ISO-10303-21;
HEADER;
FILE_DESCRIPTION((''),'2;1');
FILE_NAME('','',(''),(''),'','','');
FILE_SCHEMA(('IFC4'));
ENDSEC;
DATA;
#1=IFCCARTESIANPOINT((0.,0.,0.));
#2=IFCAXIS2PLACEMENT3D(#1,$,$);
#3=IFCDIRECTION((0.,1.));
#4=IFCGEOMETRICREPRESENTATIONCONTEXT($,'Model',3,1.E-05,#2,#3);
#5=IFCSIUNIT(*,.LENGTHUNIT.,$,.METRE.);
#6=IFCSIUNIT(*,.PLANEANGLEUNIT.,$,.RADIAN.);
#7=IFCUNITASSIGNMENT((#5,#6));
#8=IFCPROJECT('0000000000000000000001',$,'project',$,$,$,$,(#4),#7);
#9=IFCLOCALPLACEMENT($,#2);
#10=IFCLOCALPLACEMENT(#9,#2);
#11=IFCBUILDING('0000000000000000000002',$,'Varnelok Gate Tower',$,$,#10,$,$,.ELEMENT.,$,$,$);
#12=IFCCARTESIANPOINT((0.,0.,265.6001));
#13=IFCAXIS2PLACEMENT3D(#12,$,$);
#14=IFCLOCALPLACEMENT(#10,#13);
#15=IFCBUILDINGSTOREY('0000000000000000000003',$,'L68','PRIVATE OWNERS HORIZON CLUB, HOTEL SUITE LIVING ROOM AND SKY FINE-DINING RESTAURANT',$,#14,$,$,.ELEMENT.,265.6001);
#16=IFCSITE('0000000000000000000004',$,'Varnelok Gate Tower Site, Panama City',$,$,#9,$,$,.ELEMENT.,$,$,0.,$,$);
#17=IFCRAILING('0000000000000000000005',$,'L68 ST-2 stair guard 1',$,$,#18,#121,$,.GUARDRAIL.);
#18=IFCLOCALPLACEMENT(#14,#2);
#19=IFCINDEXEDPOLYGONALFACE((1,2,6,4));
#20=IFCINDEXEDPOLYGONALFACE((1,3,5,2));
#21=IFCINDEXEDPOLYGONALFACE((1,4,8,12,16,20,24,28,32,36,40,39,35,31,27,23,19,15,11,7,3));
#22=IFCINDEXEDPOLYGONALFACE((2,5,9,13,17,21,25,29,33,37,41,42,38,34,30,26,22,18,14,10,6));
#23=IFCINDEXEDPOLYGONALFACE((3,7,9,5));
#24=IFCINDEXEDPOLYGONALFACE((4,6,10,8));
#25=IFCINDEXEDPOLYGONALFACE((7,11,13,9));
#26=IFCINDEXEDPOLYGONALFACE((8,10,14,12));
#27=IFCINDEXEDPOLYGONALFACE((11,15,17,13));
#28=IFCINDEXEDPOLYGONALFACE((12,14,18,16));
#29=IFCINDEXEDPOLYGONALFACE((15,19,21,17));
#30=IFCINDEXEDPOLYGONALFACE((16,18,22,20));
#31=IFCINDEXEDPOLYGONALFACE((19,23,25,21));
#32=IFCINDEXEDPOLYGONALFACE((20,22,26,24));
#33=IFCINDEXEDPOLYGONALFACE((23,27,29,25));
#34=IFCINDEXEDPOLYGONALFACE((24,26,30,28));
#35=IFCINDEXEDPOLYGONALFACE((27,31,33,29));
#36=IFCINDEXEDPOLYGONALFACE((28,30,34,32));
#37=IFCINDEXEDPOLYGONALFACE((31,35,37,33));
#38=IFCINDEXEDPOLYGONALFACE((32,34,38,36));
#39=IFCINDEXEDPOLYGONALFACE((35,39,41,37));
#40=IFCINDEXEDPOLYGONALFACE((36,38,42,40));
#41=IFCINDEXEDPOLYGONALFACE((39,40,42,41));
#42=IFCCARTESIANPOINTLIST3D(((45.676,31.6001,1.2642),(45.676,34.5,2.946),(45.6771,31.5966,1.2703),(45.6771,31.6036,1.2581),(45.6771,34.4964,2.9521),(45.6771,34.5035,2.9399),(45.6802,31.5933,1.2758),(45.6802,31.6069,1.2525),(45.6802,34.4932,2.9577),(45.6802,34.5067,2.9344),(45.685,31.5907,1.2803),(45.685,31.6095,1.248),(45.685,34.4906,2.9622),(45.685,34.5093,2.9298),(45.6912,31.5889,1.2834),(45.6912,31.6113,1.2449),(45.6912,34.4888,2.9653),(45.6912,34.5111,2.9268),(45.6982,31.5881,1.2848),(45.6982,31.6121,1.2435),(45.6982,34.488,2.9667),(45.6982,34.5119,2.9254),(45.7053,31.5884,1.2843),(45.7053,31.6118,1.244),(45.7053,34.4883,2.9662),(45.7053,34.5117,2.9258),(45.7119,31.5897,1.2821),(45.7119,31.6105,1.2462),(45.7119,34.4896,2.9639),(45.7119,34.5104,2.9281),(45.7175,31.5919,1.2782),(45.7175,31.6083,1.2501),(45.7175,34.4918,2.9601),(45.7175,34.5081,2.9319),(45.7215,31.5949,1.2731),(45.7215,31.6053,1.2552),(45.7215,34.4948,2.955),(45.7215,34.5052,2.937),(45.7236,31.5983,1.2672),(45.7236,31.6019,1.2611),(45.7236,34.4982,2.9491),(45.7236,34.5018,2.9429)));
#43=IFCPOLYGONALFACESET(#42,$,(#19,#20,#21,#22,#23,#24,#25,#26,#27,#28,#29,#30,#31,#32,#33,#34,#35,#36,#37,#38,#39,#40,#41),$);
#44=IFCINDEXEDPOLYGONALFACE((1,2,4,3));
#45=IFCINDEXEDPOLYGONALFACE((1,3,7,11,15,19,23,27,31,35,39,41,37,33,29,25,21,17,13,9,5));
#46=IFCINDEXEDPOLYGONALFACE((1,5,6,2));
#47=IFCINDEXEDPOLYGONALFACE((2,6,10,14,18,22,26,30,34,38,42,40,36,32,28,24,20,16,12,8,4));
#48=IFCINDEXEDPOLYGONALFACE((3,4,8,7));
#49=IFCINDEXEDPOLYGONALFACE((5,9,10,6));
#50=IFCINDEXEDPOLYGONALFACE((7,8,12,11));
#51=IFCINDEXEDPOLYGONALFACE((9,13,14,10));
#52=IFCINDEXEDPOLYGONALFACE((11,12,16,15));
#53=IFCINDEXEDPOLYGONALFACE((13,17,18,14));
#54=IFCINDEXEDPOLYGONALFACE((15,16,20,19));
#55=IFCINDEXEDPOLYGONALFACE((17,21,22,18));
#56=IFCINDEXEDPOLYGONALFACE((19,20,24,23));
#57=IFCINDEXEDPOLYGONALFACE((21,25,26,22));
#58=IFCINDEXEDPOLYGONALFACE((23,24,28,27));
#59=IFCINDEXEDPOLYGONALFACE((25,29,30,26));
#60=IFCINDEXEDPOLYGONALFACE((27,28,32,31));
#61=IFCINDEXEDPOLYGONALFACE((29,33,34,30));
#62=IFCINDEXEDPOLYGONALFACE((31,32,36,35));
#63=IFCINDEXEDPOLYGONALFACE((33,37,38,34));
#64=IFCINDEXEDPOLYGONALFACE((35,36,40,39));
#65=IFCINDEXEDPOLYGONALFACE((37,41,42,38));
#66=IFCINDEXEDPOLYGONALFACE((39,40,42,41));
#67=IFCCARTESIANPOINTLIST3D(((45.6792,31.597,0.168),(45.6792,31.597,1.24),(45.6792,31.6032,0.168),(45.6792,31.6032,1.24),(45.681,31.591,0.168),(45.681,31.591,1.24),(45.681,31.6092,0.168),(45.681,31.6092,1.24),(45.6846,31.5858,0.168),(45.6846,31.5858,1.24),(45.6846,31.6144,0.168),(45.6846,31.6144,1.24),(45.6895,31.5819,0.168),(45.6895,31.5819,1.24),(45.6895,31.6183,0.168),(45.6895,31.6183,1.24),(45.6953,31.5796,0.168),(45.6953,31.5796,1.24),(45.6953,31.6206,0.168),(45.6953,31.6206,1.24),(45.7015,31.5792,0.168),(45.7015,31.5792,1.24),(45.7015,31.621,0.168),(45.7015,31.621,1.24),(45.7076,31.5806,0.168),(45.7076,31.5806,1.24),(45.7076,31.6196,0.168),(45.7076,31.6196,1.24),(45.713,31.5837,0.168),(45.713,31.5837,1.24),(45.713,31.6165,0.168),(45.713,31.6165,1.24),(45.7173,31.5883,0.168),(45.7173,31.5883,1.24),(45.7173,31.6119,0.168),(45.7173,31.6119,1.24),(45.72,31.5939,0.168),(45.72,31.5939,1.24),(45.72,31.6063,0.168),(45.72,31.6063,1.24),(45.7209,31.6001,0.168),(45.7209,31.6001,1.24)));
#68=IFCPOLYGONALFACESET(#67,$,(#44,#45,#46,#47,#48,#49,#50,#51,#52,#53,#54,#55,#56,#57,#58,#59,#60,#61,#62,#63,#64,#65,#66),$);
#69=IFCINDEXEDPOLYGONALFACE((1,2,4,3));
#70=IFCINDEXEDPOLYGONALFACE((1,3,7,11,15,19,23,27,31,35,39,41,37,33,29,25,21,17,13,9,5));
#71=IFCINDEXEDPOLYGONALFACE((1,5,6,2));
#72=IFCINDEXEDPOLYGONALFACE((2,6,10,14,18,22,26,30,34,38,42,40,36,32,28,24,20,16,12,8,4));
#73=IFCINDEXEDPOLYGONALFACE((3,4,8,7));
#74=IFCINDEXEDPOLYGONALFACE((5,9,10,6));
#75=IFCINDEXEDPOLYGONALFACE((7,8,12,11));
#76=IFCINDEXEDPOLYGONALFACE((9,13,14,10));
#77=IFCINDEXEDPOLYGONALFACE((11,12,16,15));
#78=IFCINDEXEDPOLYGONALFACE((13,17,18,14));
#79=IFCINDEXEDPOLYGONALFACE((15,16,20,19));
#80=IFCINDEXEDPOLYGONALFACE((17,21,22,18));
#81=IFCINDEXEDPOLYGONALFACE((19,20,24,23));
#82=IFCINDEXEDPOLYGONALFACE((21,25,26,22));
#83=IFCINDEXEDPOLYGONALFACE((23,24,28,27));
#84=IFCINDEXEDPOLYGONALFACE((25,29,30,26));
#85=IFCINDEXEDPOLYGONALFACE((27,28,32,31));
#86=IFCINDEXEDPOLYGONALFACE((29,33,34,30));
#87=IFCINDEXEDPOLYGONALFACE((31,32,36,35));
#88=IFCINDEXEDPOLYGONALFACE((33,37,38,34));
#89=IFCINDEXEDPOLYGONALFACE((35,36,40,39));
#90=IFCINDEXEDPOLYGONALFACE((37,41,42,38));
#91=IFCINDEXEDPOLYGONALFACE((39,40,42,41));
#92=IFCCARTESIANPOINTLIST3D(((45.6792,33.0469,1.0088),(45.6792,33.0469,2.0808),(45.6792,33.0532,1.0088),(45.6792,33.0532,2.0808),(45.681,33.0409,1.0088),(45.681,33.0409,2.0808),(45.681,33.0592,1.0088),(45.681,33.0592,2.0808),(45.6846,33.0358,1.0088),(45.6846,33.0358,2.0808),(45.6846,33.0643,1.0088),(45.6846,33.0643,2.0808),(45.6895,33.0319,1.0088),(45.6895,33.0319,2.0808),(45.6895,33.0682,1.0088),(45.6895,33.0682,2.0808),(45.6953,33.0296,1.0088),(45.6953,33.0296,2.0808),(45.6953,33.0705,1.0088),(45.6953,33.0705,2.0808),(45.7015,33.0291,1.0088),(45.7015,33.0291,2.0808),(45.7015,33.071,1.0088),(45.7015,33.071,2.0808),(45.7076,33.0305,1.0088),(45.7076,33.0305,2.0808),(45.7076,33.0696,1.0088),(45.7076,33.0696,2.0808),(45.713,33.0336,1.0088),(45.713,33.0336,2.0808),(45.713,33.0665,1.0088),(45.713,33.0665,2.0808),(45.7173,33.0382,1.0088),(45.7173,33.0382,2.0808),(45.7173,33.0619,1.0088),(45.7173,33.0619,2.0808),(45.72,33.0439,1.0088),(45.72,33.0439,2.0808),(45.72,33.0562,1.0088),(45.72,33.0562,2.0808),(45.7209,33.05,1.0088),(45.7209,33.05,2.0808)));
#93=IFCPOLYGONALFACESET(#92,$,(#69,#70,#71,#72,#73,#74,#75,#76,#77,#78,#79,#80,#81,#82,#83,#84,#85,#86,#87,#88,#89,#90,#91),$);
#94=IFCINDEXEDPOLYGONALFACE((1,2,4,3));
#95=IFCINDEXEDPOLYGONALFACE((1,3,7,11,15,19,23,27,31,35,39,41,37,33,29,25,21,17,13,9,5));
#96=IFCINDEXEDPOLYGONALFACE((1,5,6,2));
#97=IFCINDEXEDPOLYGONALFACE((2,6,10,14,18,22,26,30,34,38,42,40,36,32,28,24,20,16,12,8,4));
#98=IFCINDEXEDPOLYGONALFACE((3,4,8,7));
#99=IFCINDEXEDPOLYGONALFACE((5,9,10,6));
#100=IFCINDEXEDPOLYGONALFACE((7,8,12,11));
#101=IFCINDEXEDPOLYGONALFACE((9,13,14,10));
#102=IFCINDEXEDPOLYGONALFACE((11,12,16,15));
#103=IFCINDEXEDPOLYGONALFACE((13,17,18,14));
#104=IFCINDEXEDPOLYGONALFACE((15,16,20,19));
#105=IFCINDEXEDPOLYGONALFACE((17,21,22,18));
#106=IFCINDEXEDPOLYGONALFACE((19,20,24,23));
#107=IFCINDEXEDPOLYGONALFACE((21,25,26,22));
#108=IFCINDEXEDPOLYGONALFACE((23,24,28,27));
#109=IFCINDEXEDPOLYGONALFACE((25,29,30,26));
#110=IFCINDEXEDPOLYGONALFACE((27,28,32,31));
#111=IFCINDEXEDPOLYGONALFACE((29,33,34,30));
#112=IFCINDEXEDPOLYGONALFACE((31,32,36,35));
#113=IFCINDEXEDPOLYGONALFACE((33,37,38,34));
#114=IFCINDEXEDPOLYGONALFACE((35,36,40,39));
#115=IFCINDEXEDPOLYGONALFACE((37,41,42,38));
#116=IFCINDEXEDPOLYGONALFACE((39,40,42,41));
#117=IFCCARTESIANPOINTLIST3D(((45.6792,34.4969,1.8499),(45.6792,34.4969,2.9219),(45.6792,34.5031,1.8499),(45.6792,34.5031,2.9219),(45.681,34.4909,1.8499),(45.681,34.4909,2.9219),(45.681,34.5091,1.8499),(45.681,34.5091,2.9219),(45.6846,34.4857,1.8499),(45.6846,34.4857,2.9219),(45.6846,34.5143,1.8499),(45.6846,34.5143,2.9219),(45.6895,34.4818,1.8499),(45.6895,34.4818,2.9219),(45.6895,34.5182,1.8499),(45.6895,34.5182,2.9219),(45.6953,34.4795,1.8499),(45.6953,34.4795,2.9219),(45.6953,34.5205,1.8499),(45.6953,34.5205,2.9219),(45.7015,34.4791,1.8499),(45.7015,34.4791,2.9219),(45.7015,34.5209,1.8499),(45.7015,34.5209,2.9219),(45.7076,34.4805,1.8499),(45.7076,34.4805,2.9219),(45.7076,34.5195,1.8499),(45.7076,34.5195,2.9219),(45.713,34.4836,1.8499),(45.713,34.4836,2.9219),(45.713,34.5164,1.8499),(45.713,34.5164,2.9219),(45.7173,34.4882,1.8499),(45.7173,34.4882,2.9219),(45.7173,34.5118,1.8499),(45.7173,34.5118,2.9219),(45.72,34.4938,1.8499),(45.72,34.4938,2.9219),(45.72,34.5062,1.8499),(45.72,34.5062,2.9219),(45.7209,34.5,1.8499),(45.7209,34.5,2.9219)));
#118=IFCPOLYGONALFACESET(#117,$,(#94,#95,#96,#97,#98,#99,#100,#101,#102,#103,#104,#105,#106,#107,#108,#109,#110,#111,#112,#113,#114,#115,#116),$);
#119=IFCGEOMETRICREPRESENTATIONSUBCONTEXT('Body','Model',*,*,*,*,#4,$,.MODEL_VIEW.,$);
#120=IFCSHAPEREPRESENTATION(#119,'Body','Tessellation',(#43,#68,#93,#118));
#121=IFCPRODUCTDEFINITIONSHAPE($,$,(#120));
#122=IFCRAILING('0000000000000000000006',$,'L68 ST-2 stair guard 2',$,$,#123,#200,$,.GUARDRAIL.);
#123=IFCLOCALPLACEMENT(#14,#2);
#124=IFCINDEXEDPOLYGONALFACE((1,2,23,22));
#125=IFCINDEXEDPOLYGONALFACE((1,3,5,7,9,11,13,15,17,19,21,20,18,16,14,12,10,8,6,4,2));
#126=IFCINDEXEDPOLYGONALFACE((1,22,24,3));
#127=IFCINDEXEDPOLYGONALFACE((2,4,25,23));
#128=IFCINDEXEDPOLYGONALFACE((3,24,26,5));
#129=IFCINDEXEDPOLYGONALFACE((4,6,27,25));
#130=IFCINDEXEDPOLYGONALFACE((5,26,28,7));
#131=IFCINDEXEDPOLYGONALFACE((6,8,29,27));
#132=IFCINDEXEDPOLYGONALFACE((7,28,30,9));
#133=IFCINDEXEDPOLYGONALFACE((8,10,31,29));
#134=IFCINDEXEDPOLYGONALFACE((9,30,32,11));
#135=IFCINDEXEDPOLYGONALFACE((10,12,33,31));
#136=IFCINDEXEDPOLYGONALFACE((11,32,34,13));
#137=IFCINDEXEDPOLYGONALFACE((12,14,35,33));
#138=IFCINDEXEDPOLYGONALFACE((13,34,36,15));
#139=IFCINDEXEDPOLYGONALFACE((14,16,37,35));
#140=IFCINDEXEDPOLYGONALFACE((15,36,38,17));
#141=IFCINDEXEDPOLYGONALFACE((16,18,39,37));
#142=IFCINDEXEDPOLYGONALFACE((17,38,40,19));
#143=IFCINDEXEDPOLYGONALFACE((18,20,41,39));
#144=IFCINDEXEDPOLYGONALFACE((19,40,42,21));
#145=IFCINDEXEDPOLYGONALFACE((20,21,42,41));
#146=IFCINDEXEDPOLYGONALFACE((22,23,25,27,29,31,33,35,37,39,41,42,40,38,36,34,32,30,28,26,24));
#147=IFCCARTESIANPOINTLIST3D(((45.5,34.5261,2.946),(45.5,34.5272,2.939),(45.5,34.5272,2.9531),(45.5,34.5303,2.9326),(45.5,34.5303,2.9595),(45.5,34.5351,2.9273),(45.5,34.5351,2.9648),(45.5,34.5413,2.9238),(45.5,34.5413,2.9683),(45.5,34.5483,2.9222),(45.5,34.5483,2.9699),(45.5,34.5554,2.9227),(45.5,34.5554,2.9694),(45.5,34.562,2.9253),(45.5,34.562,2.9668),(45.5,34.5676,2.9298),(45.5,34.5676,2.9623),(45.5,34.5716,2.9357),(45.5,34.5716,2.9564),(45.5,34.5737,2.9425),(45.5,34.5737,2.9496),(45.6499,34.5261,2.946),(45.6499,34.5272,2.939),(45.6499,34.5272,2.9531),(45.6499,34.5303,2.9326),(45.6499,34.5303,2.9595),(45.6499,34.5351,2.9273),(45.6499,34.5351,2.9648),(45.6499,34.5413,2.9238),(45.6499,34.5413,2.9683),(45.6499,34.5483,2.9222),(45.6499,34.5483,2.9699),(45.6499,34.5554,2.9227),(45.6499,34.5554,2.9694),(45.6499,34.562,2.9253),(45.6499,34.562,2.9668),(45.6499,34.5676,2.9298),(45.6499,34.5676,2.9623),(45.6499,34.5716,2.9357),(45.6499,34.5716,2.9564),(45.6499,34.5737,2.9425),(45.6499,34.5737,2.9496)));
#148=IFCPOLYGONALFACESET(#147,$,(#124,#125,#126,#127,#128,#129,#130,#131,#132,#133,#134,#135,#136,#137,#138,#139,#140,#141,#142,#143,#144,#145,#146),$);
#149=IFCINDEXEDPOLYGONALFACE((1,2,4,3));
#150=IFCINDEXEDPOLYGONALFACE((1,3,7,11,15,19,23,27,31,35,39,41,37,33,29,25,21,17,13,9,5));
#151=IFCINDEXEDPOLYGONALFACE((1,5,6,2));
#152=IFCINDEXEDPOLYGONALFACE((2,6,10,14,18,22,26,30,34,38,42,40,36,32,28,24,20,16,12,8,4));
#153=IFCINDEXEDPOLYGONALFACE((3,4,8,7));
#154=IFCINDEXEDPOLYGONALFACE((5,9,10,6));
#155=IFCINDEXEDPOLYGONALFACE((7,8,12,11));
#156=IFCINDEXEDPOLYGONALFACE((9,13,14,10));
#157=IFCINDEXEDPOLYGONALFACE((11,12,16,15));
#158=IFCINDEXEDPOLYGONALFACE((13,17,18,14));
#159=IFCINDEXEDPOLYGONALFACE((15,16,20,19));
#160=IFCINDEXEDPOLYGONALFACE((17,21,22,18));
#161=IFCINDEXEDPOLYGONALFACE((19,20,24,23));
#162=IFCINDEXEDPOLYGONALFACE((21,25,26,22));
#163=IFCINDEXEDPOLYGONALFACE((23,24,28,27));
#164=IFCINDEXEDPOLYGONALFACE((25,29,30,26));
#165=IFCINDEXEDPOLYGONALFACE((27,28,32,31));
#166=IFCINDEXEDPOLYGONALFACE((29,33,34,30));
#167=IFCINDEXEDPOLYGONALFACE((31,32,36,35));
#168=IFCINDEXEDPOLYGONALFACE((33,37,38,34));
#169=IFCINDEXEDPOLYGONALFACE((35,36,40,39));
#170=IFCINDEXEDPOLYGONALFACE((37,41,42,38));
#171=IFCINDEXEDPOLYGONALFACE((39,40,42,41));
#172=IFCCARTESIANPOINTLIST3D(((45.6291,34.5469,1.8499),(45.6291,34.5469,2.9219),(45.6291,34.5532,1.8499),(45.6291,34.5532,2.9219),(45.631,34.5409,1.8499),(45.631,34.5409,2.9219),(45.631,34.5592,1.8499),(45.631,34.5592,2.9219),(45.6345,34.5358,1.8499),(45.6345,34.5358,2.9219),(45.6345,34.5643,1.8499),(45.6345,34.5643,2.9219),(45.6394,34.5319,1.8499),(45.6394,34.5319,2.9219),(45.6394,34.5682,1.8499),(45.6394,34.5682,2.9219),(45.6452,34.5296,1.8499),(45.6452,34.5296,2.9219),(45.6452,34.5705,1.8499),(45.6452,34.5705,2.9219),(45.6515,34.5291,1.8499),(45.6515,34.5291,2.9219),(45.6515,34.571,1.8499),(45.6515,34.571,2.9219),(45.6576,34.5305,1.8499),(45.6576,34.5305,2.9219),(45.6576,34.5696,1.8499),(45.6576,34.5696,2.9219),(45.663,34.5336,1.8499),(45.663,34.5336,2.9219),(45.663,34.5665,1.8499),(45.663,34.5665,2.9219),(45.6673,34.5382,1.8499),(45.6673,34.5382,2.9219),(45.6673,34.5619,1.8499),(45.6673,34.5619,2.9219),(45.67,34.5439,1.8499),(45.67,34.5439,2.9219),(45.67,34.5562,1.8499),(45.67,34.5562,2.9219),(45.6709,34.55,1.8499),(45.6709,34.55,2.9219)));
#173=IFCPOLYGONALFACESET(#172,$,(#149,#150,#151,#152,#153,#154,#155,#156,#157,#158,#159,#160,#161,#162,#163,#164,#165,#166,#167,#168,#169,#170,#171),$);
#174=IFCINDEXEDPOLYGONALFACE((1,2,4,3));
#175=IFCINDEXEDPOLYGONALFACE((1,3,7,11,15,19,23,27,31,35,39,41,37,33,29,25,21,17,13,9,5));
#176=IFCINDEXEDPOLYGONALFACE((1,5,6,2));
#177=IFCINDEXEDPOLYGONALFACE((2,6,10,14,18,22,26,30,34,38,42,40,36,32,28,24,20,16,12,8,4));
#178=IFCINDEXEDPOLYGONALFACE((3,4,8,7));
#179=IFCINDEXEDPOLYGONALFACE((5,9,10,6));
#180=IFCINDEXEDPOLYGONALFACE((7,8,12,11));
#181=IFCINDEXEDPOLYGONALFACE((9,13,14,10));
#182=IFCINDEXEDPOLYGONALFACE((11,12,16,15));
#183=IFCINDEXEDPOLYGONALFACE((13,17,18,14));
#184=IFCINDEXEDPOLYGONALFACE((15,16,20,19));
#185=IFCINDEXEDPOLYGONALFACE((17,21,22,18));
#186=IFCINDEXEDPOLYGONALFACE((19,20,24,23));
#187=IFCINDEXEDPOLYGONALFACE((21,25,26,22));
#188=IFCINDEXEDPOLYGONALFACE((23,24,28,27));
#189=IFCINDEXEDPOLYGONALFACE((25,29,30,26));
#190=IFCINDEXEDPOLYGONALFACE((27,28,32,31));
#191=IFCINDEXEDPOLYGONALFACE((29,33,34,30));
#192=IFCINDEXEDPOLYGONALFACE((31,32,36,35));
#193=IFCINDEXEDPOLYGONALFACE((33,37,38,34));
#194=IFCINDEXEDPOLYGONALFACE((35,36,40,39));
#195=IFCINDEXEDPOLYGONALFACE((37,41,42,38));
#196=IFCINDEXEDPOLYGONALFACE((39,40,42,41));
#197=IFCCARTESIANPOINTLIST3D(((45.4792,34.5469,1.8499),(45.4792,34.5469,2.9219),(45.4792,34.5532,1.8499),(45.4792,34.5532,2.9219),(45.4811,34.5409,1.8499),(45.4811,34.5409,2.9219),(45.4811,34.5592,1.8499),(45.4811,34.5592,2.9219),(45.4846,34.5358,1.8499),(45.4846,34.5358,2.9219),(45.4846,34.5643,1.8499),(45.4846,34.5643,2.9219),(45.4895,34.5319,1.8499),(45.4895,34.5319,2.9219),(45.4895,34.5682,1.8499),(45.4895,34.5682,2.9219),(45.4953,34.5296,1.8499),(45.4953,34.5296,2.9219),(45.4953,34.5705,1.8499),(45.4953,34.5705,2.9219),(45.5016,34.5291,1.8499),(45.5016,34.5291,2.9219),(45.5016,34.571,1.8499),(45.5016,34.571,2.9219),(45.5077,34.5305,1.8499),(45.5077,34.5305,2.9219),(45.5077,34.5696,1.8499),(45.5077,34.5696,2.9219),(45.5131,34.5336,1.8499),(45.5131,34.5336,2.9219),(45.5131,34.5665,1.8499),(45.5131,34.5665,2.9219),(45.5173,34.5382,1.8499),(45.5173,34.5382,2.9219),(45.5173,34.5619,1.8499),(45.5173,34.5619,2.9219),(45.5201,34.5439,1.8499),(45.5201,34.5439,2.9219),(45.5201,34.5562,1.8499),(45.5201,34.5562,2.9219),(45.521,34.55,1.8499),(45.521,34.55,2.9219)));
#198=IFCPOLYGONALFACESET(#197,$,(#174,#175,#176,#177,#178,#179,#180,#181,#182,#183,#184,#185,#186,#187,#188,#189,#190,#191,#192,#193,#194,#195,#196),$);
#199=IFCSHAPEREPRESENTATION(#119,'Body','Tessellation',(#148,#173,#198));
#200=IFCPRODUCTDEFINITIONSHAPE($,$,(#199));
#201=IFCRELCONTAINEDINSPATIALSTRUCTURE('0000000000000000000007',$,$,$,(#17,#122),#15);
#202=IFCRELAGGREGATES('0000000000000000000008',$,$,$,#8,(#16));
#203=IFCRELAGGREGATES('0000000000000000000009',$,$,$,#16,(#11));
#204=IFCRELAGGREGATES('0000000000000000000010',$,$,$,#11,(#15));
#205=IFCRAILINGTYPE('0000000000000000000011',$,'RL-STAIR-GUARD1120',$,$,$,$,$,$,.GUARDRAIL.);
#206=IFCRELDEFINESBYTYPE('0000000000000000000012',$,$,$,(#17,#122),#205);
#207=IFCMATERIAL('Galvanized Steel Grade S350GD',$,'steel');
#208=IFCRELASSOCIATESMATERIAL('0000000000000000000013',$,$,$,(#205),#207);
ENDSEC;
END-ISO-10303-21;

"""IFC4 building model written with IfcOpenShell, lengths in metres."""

from ifc_helpers import new_model, si_unit, direction, frame, origin, origin_2d, place, context, subcontext, project, spatial, circle, extrude, material, type_object, element, save


model = new_model("IFC4")

# Units and contexts
model_context = context("Model", 3, precision=1e-05, world=origin(), true_north=direction((0.0, 1.0)))
body_context = subcontext(model_context, "Body", "Model", "MODEL_VIEW")
ifc_project = project(units=[si_unit("LENGTHUNIT", "METRE"), si_unit("PLANEANGLEUNIT", "RADIAN")], contexts=[model_context])

# Site, building, storey
site_placement = place(None, origin())
site = spatial("IfcSite", under=ifc_project, at=site_placement, Name="Varnelok Gate Tower Site, Panama City", CompositionType="ELEMENT", RefElevation=0.0)
building_placement = place(site_placement, origin())
building = spatial("IfcBuilding", under=site, at=building_placement, Name="Varnelok Gate Tower", CompositionType="ELEMENT")
storey_placement = place(building_placement, frame((0.0, 0.0, 265.6001)))
storey = spatial("IfcBuildingStorey", under=building, at=storey_placement, Name="L68", Description="PRIVATE OWNERS HORIZON CLUB, HOTEL SUITE LIVING ROOM AND SKY FINE-DINING RESTAURANT", CompositionType="ELEMENT", Elevation=265.6001)

# Shared definitions
ifc_material_1 = material(Name="Galvanized Steel Grade S350GD", Category="steel")

# Railings
railing_type_1 = type_object("IfcRailingType", Name="RL-STAIR-GUARD1120", PredefinedType="GUARDRAIL", material=ifc_material_1)
railing_1_placement = place(storey_placement, frame((45.7, 31.6001, 0.168)))
element("IfcRailing", 1, at=railing_1_placement, inside=storey, type_object=railing_type_1, Name="L68 ST-2 stair guard 1", PredefinedType="GUARDRAIL", context=body_context, shape_type="SweptSolid", body=[
    extrude(circle(Radius=0.0239, at=origin_2d()), frame((0.0, 0.0, 1.0962), z_axis=(0.0, 0.865039, 0.501705), x_axis=(-1.0, 0.0, 0.0)), (0.0, 0.0, 1.0), 3.3523),
    extrude(circle(Radius=0.021, at=origin_2d()), origin(), (0.0, 0.0, 1.0), 1.072),
    extrude(circle(Radius=0.021, at=origin_2d()), frame((0.0, 1.45, 0.8408)), (0.0, 0.0, 1.0), 1.072),
    extrude(circle(Radius=0.021, at=origin_2d()), frame((0.0, 2.8999, 1.6819)), (0.0, 0.0, 1.0), 1.072),
])
railing_2_placement = place(storey_placement, frame((45.6499, 34.55, 1.8499)))
element("IfcRailing", 2, at=railing_2_placement, inside=storey, type_object=railing_type_1, Name="L68 ST-2 stair guard 2", PredefinedType="GUARDRAIL", context=body_context, shape_type="SweptSolid", body=[
    extrude(circle(Radius=0.0239, at=origin_2d()), frame((0.0, 0.0, 1.0962), z_axis=(-1.0, 0.0, 0.0), x_axis=(0.0, -1.0, 0.0)), (0.0, 0.0, 1.0), 0.1499),
    extrude(circle(Radius=0.021, at=origin_2d()), origin(), (0.0, 0.0, 1.0), 1.072),
    extrude(circle(Radius=0.021, at=origin_2d()), frame((-0.1499, 0.0, 0.0)), (0.0, 0.0, 1.0), 1.072),
])

save(model, "model.ifc")
